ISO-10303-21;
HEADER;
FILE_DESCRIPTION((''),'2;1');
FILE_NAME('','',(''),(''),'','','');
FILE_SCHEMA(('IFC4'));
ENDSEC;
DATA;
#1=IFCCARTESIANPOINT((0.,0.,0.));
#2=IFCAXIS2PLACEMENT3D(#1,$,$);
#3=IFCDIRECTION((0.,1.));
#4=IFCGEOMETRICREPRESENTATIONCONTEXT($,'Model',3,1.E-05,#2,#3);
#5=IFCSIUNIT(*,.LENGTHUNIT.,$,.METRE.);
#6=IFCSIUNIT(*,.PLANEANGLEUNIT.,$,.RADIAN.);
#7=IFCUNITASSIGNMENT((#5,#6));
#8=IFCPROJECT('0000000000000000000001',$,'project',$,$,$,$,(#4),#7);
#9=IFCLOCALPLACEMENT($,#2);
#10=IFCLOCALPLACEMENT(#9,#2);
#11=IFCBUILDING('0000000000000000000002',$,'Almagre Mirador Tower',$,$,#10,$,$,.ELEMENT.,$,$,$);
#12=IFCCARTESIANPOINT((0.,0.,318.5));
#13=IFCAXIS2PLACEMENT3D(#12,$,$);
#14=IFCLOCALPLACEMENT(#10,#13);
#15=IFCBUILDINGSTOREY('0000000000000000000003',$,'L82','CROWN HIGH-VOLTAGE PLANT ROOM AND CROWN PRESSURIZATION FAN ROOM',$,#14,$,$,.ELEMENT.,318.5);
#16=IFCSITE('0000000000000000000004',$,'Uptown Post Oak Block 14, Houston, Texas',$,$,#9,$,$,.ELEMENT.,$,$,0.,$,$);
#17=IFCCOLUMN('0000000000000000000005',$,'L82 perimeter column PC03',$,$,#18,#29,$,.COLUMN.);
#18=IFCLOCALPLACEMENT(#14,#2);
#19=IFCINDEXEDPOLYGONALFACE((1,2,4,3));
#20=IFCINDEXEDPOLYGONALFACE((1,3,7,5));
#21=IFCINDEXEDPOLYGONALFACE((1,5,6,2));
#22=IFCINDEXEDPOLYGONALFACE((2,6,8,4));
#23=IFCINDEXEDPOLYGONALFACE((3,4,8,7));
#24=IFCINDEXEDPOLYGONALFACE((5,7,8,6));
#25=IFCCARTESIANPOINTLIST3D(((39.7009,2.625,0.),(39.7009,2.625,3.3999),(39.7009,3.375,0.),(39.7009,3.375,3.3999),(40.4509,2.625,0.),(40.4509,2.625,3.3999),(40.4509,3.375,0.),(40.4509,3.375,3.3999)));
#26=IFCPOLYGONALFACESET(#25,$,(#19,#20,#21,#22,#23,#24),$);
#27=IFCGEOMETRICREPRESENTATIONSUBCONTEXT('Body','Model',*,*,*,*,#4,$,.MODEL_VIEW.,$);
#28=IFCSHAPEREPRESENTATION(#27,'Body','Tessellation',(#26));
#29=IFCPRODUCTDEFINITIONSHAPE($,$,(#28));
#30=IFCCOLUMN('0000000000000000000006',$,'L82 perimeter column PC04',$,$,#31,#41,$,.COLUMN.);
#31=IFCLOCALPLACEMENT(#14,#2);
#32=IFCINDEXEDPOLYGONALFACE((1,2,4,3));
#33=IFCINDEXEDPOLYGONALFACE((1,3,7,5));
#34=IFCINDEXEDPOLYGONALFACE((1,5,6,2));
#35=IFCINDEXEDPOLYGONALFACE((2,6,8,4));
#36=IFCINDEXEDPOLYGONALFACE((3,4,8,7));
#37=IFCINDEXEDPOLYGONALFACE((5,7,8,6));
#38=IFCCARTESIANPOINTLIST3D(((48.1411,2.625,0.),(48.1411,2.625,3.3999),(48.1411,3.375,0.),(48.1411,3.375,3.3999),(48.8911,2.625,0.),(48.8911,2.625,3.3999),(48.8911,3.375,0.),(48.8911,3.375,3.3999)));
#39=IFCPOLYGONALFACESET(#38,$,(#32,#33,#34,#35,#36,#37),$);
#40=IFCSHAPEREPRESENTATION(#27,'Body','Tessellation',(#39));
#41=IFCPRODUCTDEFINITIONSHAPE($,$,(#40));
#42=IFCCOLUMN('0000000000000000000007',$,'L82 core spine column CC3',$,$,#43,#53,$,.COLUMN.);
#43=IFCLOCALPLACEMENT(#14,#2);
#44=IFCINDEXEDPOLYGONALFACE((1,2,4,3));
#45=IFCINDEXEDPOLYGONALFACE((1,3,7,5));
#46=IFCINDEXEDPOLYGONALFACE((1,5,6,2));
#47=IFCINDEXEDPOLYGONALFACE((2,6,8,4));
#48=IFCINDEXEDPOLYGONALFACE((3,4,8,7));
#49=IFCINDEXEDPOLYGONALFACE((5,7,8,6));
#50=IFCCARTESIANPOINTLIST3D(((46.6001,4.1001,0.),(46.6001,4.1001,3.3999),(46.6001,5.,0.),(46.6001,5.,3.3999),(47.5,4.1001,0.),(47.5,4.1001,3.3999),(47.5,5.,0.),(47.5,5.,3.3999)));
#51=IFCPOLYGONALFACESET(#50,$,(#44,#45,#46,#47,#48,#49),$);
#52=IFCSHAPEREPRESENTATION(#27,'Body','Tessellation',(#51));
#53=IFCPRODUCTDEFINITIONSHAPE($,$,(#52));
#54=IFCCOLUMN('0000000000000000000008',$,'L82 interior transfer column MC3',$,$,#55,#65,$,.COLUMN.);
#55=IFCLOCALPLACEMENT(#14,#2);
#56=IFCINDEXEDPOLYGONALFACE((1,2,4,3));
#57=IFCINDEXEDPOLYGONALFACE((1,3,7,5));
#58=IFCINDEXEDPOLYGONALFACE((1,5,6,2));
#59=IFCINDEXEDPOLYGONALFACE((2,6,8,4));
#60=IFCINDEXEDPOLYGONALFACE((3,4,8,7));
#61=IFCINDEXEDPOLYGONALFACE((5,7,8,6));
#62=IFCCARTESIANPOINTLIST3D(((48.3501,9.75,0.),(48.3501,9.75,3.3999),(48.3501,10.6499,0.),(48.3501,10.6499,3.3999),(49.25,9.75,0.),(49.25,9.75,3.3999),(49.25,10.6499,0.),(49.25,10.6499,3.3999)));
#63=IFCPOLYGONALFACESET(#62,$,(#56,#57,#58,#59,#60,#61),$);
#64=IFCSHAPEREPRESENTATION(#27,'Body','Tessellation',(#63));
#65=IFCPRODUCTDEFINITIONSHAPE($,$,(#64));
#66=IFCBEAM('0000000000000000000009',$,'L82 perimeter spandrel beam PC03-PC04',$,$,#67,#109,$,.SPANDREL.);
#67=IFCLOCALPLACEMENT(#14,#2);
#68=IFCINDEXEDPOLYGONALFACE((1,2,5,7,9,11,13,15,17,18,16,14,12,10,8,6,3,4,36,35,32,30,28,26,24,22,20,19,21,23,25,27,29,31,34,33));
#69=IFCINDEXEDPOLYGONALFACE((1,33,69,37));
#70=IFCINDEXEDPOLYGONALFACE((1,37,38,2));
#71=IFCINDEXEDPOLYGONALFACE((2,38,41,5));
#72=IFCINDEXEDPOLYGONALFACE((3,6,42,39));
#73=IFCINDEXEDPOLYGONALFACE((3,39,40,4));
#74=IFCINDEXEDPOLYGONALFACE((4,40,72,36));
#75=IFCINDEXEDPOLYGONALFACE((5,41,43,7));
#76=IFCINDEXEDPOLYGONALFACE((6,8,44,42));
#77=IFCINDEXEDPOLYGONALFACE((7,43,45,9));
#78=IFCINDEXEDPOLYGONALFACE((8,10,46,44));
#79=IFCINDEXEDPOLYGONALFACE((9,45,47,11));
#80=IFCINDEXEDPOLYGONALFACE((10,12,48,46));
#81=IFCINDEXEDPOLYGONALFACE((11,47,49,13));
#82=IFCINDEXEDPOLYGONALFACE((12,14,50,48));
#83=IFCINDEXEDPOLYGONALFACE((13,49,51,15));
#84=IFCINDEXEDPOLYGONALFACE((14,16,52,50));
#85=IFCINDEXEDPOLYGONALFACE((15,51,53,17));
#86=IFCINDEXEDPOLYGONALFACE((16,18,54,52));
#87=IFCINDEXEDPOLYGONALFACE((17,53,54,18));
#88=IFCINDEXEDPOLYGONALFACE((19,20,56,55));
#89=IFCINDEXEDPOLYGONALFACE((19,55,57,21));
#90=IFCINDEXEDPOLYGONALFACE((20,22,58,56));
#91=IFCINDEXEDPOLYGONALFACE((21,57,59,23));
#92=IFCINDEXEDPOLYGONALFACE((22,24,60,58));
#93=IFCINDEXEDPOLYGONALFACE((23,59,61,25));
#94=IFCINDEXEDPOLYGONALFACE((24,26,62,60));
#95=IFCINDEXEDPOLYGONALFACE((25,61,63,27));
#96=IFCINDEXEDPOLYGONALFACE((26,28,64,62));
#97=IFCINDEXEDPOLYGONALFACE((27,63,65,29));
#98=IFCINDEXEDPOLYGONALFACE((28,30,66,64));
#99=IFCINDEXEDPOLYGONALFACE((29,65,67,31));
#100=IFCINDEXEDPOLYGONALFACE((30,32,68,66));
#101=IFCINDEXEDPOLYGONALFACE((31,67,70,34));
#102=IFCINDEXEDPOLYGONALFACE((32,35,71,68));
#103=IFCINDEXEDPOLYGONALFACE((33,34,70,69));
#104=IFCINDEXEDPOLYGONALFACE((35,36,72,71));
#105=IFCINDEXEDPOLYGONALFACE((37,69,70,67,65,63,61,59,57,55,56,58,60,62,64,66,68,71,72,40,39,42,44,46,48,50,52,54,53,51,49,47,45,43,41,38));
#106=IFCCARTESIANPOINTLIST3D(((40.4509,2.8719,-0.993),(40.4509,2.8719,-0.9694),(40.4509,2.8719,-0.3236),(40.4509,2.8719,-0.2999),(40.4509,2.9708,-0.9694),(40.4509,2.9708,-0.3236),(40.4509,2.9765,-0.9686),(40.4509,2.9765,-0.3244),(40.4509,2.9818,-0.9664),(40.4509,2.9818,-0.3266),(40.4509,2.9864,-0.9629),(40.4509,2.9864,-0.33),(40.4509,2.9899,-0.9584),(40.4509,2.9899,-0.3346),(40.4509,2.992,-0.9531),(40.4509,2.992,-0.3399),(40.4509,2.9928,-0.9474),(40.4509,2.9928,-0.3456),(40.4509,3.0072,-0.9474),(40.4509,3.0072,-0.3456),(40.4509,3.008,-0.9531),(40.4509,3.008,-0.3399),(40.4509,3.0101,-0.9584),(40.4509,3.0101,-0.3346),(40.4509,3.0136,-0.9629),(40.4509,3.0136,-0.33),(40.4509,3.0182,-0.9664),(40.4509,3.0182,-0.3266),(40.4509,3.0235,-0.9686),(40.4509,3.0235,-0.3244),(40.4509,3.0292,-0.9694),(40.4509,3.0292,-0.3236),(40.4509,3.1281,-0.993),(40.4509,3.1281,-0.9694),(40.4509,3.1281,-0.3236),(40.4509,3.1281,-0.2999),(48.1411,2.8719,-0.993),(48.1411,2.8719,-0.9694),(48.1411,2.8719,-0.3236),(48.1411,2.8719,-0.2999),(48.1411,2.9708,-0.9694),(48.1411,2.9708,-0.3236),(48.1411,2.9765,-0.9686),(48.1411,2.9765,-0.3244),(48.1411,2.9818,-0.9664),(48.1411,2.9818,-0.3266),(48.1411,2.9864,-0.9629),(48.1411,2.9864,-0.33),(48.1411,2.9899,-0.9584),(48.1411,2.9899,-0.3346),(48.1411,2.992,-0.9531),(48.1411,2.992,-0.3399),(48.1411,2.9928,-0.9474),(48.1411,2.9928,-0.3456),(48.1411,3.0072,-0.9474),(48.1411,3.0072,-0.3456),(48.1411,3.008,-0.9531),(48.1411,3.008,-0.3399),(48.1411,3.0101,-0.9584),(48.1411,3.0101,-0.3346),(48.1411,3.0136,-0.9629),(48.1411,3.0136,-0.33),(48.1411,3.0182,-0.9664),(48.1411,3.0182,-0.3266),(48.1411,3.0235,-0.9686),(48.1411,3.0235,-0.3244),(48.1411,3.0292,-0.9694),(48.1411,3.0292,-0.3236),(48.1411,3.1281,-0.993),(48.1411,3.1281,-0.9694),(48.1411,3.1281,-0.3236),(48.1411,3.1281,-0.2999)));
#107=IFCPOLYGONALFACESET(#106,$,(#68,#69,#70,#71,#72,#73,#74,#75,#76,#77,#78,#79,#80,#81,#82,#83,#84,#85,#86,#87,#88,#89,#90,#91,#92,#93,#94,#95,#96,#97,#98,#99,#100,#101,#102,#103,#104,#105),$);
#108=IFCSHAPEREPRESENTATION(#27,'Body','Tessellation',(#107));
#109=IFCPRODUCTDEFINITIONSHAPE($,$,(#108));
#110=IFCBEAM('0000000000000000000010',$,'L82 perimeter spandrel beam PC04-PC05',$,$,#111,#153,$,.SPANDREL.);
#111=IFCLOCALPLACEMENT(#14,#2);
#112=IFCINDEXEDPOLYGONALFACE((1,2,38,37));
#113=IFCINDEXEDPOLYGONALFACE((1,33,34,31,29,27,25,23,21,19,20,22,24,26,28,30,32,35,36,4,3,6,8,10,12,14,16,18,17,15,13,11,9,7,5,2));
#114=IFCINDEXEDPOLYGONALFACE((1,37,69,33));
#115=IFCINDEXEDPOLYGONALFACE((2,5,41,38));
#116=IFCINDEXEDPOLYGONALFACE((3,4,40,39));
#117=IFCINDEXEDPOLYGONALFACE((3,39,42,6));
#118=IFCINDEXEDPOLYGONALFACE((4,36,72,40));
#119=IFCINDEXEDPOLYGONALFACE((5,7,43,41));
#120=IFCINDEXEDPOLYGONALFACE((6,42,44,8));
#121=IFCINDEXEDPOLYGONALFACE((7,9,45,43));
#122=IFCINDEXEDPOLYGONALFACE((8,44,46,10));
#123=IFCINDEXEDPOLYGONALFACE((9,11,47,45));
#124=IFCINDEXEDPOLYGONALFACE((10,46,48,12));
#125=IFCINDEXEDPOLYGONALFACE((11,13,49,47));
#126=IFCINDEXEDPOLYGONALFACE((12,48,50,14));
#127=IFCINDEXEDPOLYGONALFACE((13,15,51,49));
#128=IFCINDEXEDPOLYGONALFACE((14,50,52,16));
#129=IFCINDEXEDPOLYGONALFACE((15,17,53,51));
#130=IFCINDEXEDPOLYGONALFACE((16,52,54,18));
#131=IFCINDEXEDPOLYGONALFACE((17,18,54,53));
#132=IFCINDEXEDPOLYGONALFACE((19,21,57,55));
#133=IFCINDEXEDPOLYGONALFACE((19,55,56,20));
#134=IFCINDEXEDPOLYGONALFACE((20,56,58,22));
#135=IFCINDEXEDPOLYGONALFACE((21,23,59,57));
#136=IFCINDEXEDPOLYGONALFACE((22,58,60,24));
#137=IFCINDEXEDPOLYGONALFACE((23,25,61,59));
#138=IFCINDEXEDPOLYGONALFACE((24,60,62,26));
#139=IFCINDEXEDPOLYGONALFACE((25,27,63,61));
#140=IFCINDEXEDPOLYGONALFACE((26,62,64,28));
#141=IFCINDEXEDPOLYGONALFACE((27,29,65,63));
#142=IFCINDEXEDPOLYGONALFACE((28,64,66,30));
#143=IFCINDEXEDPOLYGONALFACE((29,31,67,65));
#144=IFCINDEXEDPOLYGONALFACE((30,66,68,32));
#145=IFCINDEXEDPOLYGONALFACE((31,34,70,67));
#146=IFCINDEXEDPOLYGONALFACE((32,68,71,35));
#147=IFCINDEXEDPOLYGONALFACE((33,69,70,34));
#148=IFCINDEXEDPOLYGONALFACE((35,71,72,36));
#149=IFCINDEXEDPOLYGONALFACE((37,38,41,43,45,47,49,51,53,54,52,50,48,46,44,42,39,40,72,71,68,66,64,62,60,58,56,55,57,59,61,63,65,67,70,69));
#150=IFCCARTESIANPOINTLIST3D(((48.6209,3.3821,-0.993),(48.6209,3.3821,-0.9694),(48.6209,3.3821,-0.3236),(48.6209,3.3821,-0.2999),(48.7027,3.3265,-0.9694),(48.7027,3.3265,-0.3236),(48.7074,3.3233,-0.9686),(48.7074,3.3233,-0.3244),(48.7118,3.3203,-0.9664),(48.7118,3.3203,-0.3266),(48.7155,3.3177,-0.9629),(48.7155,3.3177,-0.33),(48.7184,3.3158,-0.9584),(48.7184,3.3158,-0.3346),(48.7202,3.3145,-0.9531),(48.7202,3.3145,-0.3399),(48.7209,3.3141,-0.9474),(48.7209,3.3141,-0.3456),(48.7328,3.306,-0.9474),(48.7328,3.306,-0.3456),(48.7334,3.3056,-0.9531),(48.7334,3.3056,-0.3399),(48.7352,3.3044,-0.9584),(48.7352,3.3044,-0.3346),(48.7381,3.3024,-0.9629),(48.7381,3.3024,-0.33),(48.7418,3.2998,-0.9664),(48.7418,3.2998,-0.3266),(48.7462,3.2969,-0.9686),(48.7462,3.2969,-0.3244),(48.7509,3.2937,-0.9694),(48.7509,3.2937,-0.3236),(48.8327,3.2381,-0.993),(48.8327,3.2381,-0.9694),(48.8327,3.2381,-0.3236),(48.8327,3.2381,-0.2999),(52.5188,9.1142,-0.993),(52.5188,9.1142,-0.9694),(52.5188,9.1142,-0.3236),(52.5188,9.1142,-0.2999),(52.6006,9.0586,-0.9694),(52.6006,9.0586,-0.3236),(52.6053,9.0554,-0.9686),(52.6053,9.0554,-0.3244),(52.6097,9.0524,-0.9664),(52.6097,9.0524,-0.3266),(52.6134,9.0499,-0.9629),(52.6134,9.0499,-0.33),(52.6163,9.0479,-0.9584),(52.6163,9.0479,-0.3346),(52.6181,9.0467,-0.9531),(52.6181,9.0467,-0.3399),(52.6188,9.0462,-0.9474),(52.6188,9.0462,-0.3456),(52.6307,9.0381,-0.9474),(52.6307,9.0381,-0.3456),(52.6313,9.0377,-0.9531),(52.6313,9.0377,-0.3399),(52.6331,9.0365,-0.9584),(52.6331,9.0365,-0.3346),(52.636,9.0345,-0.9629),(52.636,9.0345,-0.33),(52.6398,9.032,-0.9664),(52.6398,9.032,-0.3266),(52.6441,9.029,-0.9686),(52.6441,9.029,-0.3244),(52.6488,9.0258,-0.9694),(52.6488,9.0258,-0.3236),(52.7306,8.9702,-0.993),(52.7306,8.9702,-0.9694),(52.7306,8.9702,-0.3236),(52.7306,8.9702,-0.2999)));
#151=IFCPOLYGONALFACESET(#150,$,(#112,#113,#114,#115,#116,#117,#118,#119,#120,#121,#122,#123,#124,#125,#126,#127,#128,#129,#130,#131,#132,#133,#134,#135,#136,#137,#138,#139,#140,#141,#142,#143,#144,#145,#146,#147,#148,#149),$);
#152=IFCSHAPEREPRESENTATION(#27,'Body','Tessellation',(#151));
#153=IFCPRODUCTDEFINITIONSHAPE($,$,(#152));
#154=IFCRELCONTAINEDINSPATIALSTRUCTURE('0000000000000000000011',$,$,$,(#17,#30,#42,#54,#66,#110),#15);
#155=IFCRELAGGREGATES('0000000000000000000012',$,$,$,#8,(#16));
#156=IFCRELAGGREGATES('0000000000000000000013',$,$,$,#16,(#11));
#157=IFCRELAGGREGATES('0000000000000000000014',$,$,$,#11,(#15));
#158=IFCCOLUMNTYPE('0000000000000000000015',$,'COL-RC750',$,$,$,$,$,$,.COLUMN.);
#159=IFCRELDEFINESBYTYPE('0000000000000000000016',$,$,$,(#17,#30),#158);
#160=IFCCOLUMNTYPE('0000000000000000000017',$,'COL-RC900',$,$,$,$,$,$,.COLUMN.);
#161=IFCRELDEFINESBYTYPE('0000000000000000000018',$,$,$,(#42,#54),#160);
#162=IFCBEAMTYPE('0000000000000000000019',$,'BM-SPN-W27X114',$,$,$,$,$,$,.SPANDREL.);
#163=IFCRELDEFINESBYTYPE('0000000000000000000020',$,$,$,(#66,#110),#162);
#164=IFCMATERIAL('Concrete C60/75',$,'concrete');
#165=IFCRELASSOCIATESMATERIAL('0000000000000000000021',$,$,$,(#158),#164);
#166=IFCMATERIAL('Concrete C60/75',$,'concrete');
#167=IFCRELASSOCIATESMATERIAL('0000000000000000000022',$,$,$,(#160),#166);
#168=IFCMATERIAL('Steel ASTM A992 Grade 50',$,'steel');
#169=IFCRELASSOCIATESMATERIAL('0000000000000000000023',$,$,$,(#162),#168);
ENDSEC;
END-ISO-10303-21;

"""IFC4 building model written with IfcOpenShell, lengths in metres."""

from ifc_helpers import new_model, si_unit, direction, frame, origin, origin_2d, place, context, subcontext, project, spatial, rectangle, i_section, extrude, material, material_profile, profile_set, type_object, element, save


model = new_model("IFC4")

# Units and contexts
model_context = context("Model", 3, precision=1e-05, world=origin(), true_north=direction((0.0, 1.0)))
body_context = subcontext(model_context, "Body", "Model", "MODEL_VIEW")
ifc_project = project(units=[si_unit("LENGTHUNIT", "METRE"), si_unit("PLANEANGLEUNIT", "RADIAN")], contexts=[model_context])

# Site, building, storey
site_placement = place(None, origin())
site = spatial("IfcSite", under=ifc_project, at=site_placement, Name="Uptown Post Oak Block 14, Houston, Texas", CompositionType="ELEMENT", RefElevation=0.0)
building_placement = place(site_placement, origin())
building = spatial("IfcBuilding", under=site, at=building_placement, Name="Almagre Mirador Tower", CompositionType="ELEMENT")
storey_placement = place(building_placement, frame((0.0, 0.0, 318.5)))
storey = spatial("IfcBuildingStorey", under=building, at=storey_placement, Name="L82", Description="CROWN HIGH-VOLTAGE PLANT ROOM AND CROWN PRESSURIZATION FAN ROOM", CompositionType="ELEMENT", Elevation=318.5)

# Columns
ifc_material_1 = material(Name="Concrete C60/75", Category="concrete")
ifc_material_profile_1 = material_profile(ifc_material_1, rectangle(XDim=0.75, YDim=0.75, at=origin_2d()), Name="RC750X750")
ifc_profile_set_1 = profile_set([ifc_material_profile_1], Name="Concrete C60/75")
column_type_1 = type_object("IfcColumnType", Name="COL-RC750", PredefinedType="COLUMN", material=ifc_profile_set_1)
for number, where, z_axis, x_axis, name in (
    (1, (40.0759, 3.0, 0.0), (0.0, 0.0, 1.0), (1.0, 0.0, 0.0), "L82 perimeter column PC03"),
    (2, (48.5161, 3.0, 0.0), (0.0, 0.0, 1.0), (1.0, 0.0, 0.0), "L82 perimeter column PC04"),
):
    element("IfcColumn", number, at=place(storey_placement, frame(where, z_axis=z_axis, x_axis=x_axis)), inside=storey, type_object=column_type_1, Name=name, PredefinedType="COLUMN", context=body_context, shape_type="SweptSolid", body=[
        extrude(rectangle(XDim=0.75, YDim=0.75, at=origin_2d()), origin(), (0.0, 0.0, 1.0), 3.3999),
    ])
ifc_material_2 = material(Name="Concrete C60/75", Category="concrete")
ifc_material_profile_2 = material_profile(ifc_material_2, rectangle(XDim=0.8999, YDim=0.8999, at=origin_2d()), Name="RC900X900")
ifc_profile_set_2 = profile_set([ifc_material_profile_2], Name="Concrete C60/75")
column_type_2 = type_object("IfcColumnType", Name="COL-RC900", PredefinedType="COLUMN", material=ifc_profile_set_2)
for number, where, z_axis, x_axis, name in (
    (3, (47.05, 4.55, 0.0), (0.0, 0.0, 1.0), (1.0, 0.0, 0.0), "L82 core spine column CC3"),
    (4, (48.8, 10.2, 0.0), (0.0, 0.0, 1.0), (1.0, 0.0, 0.0), "L82 interior transfer column MC3"),
):
    element("IfcColumn", number, at=place(storey_placement, frame(where, z_axis=z_axis, x_axis=x_axis)), inside=storey, type_object=column_type_2, Name=name, PredefinedType="COLUMN", context=body_context, shape_type="SweptSolid", body=[
        extrude(rectangle(XDim=0.8999, YDim=0.8999, at=origin_2d()), origin(), (0.0, 0.0, 1.0), 3.3999),
    ])

# Beams
ifc_material_3 = material(Name="Steel ASTM A992 Grade 50", Category="steel")
ifc_material_profile_3 = material_profile(ifc_material_3, i_section(OverallWidth=0.2561, OverallDepth=0.6931, WebThickness=0.0144, FlangeThickness=0.0237, FilletRadius=0.022, at=origin_2d()), Name="W27X114")
ifc_profile_set_3 = profile_set([ifc_material_profile_3], Name="Steel ASTM A992 Grade 50")
beam_type_1 = type_object("IfcBeamType", Name="BM-SPN-W27X114", PredefinedType="SPANDREL", material=ifc_profile_set_3)
beam_1_placement = place(storey_placement, frame((40.4509, 3.0, -0.6465), z_axis=(1.0, 0.0, 0.0), x_axis=(0.0, 1.0, 0.0)))
element("IfcBeam", 5, at=beam_1_placement, inside=storey, type_object=beam_type_1, Name="L82 perimeter spandrel beam PC03-PC04", PredefinedType="SPANDREL", context=body_context, shape_type="SweptSolid", body=[
    extrude(i_section(OverallWidth=0.2561, OverallDepth=0.6931, WebThickness=0.0144, FlangeThickness=0.0237, FilletRadius=0.022, at=origin_2d()), origin(), (0.0, 0.0, 1.0), 7.6902),
])
beam_2_placement = place(storey_placement, frame((48.7268, 3.3101, -0.6465), z_axis=(0.562317, 0.826922, 0.0), x_axis=(-0.826922, 0.562317, 0.0)))
element("IfcBeam", 6, at=beam_2_placement, inside=storey, type_object=beam_type_1, Name="L82 perimeter spandrel beam PC04-PC05", PredefinedType="SPANDREL", context=body_context, shape_type="SweptSolid", body=[
    extrude(i_section(OverallWidth=0.2561, OverallDepth=0.6931, WebThickness=0.0144, FlangeThickness=0.0237, FilletRadius=0.022, at=origin_2d()), origin(), (0.0, 0.0, 1.0), 6.9319),
])

save(model, "model.ifc")
